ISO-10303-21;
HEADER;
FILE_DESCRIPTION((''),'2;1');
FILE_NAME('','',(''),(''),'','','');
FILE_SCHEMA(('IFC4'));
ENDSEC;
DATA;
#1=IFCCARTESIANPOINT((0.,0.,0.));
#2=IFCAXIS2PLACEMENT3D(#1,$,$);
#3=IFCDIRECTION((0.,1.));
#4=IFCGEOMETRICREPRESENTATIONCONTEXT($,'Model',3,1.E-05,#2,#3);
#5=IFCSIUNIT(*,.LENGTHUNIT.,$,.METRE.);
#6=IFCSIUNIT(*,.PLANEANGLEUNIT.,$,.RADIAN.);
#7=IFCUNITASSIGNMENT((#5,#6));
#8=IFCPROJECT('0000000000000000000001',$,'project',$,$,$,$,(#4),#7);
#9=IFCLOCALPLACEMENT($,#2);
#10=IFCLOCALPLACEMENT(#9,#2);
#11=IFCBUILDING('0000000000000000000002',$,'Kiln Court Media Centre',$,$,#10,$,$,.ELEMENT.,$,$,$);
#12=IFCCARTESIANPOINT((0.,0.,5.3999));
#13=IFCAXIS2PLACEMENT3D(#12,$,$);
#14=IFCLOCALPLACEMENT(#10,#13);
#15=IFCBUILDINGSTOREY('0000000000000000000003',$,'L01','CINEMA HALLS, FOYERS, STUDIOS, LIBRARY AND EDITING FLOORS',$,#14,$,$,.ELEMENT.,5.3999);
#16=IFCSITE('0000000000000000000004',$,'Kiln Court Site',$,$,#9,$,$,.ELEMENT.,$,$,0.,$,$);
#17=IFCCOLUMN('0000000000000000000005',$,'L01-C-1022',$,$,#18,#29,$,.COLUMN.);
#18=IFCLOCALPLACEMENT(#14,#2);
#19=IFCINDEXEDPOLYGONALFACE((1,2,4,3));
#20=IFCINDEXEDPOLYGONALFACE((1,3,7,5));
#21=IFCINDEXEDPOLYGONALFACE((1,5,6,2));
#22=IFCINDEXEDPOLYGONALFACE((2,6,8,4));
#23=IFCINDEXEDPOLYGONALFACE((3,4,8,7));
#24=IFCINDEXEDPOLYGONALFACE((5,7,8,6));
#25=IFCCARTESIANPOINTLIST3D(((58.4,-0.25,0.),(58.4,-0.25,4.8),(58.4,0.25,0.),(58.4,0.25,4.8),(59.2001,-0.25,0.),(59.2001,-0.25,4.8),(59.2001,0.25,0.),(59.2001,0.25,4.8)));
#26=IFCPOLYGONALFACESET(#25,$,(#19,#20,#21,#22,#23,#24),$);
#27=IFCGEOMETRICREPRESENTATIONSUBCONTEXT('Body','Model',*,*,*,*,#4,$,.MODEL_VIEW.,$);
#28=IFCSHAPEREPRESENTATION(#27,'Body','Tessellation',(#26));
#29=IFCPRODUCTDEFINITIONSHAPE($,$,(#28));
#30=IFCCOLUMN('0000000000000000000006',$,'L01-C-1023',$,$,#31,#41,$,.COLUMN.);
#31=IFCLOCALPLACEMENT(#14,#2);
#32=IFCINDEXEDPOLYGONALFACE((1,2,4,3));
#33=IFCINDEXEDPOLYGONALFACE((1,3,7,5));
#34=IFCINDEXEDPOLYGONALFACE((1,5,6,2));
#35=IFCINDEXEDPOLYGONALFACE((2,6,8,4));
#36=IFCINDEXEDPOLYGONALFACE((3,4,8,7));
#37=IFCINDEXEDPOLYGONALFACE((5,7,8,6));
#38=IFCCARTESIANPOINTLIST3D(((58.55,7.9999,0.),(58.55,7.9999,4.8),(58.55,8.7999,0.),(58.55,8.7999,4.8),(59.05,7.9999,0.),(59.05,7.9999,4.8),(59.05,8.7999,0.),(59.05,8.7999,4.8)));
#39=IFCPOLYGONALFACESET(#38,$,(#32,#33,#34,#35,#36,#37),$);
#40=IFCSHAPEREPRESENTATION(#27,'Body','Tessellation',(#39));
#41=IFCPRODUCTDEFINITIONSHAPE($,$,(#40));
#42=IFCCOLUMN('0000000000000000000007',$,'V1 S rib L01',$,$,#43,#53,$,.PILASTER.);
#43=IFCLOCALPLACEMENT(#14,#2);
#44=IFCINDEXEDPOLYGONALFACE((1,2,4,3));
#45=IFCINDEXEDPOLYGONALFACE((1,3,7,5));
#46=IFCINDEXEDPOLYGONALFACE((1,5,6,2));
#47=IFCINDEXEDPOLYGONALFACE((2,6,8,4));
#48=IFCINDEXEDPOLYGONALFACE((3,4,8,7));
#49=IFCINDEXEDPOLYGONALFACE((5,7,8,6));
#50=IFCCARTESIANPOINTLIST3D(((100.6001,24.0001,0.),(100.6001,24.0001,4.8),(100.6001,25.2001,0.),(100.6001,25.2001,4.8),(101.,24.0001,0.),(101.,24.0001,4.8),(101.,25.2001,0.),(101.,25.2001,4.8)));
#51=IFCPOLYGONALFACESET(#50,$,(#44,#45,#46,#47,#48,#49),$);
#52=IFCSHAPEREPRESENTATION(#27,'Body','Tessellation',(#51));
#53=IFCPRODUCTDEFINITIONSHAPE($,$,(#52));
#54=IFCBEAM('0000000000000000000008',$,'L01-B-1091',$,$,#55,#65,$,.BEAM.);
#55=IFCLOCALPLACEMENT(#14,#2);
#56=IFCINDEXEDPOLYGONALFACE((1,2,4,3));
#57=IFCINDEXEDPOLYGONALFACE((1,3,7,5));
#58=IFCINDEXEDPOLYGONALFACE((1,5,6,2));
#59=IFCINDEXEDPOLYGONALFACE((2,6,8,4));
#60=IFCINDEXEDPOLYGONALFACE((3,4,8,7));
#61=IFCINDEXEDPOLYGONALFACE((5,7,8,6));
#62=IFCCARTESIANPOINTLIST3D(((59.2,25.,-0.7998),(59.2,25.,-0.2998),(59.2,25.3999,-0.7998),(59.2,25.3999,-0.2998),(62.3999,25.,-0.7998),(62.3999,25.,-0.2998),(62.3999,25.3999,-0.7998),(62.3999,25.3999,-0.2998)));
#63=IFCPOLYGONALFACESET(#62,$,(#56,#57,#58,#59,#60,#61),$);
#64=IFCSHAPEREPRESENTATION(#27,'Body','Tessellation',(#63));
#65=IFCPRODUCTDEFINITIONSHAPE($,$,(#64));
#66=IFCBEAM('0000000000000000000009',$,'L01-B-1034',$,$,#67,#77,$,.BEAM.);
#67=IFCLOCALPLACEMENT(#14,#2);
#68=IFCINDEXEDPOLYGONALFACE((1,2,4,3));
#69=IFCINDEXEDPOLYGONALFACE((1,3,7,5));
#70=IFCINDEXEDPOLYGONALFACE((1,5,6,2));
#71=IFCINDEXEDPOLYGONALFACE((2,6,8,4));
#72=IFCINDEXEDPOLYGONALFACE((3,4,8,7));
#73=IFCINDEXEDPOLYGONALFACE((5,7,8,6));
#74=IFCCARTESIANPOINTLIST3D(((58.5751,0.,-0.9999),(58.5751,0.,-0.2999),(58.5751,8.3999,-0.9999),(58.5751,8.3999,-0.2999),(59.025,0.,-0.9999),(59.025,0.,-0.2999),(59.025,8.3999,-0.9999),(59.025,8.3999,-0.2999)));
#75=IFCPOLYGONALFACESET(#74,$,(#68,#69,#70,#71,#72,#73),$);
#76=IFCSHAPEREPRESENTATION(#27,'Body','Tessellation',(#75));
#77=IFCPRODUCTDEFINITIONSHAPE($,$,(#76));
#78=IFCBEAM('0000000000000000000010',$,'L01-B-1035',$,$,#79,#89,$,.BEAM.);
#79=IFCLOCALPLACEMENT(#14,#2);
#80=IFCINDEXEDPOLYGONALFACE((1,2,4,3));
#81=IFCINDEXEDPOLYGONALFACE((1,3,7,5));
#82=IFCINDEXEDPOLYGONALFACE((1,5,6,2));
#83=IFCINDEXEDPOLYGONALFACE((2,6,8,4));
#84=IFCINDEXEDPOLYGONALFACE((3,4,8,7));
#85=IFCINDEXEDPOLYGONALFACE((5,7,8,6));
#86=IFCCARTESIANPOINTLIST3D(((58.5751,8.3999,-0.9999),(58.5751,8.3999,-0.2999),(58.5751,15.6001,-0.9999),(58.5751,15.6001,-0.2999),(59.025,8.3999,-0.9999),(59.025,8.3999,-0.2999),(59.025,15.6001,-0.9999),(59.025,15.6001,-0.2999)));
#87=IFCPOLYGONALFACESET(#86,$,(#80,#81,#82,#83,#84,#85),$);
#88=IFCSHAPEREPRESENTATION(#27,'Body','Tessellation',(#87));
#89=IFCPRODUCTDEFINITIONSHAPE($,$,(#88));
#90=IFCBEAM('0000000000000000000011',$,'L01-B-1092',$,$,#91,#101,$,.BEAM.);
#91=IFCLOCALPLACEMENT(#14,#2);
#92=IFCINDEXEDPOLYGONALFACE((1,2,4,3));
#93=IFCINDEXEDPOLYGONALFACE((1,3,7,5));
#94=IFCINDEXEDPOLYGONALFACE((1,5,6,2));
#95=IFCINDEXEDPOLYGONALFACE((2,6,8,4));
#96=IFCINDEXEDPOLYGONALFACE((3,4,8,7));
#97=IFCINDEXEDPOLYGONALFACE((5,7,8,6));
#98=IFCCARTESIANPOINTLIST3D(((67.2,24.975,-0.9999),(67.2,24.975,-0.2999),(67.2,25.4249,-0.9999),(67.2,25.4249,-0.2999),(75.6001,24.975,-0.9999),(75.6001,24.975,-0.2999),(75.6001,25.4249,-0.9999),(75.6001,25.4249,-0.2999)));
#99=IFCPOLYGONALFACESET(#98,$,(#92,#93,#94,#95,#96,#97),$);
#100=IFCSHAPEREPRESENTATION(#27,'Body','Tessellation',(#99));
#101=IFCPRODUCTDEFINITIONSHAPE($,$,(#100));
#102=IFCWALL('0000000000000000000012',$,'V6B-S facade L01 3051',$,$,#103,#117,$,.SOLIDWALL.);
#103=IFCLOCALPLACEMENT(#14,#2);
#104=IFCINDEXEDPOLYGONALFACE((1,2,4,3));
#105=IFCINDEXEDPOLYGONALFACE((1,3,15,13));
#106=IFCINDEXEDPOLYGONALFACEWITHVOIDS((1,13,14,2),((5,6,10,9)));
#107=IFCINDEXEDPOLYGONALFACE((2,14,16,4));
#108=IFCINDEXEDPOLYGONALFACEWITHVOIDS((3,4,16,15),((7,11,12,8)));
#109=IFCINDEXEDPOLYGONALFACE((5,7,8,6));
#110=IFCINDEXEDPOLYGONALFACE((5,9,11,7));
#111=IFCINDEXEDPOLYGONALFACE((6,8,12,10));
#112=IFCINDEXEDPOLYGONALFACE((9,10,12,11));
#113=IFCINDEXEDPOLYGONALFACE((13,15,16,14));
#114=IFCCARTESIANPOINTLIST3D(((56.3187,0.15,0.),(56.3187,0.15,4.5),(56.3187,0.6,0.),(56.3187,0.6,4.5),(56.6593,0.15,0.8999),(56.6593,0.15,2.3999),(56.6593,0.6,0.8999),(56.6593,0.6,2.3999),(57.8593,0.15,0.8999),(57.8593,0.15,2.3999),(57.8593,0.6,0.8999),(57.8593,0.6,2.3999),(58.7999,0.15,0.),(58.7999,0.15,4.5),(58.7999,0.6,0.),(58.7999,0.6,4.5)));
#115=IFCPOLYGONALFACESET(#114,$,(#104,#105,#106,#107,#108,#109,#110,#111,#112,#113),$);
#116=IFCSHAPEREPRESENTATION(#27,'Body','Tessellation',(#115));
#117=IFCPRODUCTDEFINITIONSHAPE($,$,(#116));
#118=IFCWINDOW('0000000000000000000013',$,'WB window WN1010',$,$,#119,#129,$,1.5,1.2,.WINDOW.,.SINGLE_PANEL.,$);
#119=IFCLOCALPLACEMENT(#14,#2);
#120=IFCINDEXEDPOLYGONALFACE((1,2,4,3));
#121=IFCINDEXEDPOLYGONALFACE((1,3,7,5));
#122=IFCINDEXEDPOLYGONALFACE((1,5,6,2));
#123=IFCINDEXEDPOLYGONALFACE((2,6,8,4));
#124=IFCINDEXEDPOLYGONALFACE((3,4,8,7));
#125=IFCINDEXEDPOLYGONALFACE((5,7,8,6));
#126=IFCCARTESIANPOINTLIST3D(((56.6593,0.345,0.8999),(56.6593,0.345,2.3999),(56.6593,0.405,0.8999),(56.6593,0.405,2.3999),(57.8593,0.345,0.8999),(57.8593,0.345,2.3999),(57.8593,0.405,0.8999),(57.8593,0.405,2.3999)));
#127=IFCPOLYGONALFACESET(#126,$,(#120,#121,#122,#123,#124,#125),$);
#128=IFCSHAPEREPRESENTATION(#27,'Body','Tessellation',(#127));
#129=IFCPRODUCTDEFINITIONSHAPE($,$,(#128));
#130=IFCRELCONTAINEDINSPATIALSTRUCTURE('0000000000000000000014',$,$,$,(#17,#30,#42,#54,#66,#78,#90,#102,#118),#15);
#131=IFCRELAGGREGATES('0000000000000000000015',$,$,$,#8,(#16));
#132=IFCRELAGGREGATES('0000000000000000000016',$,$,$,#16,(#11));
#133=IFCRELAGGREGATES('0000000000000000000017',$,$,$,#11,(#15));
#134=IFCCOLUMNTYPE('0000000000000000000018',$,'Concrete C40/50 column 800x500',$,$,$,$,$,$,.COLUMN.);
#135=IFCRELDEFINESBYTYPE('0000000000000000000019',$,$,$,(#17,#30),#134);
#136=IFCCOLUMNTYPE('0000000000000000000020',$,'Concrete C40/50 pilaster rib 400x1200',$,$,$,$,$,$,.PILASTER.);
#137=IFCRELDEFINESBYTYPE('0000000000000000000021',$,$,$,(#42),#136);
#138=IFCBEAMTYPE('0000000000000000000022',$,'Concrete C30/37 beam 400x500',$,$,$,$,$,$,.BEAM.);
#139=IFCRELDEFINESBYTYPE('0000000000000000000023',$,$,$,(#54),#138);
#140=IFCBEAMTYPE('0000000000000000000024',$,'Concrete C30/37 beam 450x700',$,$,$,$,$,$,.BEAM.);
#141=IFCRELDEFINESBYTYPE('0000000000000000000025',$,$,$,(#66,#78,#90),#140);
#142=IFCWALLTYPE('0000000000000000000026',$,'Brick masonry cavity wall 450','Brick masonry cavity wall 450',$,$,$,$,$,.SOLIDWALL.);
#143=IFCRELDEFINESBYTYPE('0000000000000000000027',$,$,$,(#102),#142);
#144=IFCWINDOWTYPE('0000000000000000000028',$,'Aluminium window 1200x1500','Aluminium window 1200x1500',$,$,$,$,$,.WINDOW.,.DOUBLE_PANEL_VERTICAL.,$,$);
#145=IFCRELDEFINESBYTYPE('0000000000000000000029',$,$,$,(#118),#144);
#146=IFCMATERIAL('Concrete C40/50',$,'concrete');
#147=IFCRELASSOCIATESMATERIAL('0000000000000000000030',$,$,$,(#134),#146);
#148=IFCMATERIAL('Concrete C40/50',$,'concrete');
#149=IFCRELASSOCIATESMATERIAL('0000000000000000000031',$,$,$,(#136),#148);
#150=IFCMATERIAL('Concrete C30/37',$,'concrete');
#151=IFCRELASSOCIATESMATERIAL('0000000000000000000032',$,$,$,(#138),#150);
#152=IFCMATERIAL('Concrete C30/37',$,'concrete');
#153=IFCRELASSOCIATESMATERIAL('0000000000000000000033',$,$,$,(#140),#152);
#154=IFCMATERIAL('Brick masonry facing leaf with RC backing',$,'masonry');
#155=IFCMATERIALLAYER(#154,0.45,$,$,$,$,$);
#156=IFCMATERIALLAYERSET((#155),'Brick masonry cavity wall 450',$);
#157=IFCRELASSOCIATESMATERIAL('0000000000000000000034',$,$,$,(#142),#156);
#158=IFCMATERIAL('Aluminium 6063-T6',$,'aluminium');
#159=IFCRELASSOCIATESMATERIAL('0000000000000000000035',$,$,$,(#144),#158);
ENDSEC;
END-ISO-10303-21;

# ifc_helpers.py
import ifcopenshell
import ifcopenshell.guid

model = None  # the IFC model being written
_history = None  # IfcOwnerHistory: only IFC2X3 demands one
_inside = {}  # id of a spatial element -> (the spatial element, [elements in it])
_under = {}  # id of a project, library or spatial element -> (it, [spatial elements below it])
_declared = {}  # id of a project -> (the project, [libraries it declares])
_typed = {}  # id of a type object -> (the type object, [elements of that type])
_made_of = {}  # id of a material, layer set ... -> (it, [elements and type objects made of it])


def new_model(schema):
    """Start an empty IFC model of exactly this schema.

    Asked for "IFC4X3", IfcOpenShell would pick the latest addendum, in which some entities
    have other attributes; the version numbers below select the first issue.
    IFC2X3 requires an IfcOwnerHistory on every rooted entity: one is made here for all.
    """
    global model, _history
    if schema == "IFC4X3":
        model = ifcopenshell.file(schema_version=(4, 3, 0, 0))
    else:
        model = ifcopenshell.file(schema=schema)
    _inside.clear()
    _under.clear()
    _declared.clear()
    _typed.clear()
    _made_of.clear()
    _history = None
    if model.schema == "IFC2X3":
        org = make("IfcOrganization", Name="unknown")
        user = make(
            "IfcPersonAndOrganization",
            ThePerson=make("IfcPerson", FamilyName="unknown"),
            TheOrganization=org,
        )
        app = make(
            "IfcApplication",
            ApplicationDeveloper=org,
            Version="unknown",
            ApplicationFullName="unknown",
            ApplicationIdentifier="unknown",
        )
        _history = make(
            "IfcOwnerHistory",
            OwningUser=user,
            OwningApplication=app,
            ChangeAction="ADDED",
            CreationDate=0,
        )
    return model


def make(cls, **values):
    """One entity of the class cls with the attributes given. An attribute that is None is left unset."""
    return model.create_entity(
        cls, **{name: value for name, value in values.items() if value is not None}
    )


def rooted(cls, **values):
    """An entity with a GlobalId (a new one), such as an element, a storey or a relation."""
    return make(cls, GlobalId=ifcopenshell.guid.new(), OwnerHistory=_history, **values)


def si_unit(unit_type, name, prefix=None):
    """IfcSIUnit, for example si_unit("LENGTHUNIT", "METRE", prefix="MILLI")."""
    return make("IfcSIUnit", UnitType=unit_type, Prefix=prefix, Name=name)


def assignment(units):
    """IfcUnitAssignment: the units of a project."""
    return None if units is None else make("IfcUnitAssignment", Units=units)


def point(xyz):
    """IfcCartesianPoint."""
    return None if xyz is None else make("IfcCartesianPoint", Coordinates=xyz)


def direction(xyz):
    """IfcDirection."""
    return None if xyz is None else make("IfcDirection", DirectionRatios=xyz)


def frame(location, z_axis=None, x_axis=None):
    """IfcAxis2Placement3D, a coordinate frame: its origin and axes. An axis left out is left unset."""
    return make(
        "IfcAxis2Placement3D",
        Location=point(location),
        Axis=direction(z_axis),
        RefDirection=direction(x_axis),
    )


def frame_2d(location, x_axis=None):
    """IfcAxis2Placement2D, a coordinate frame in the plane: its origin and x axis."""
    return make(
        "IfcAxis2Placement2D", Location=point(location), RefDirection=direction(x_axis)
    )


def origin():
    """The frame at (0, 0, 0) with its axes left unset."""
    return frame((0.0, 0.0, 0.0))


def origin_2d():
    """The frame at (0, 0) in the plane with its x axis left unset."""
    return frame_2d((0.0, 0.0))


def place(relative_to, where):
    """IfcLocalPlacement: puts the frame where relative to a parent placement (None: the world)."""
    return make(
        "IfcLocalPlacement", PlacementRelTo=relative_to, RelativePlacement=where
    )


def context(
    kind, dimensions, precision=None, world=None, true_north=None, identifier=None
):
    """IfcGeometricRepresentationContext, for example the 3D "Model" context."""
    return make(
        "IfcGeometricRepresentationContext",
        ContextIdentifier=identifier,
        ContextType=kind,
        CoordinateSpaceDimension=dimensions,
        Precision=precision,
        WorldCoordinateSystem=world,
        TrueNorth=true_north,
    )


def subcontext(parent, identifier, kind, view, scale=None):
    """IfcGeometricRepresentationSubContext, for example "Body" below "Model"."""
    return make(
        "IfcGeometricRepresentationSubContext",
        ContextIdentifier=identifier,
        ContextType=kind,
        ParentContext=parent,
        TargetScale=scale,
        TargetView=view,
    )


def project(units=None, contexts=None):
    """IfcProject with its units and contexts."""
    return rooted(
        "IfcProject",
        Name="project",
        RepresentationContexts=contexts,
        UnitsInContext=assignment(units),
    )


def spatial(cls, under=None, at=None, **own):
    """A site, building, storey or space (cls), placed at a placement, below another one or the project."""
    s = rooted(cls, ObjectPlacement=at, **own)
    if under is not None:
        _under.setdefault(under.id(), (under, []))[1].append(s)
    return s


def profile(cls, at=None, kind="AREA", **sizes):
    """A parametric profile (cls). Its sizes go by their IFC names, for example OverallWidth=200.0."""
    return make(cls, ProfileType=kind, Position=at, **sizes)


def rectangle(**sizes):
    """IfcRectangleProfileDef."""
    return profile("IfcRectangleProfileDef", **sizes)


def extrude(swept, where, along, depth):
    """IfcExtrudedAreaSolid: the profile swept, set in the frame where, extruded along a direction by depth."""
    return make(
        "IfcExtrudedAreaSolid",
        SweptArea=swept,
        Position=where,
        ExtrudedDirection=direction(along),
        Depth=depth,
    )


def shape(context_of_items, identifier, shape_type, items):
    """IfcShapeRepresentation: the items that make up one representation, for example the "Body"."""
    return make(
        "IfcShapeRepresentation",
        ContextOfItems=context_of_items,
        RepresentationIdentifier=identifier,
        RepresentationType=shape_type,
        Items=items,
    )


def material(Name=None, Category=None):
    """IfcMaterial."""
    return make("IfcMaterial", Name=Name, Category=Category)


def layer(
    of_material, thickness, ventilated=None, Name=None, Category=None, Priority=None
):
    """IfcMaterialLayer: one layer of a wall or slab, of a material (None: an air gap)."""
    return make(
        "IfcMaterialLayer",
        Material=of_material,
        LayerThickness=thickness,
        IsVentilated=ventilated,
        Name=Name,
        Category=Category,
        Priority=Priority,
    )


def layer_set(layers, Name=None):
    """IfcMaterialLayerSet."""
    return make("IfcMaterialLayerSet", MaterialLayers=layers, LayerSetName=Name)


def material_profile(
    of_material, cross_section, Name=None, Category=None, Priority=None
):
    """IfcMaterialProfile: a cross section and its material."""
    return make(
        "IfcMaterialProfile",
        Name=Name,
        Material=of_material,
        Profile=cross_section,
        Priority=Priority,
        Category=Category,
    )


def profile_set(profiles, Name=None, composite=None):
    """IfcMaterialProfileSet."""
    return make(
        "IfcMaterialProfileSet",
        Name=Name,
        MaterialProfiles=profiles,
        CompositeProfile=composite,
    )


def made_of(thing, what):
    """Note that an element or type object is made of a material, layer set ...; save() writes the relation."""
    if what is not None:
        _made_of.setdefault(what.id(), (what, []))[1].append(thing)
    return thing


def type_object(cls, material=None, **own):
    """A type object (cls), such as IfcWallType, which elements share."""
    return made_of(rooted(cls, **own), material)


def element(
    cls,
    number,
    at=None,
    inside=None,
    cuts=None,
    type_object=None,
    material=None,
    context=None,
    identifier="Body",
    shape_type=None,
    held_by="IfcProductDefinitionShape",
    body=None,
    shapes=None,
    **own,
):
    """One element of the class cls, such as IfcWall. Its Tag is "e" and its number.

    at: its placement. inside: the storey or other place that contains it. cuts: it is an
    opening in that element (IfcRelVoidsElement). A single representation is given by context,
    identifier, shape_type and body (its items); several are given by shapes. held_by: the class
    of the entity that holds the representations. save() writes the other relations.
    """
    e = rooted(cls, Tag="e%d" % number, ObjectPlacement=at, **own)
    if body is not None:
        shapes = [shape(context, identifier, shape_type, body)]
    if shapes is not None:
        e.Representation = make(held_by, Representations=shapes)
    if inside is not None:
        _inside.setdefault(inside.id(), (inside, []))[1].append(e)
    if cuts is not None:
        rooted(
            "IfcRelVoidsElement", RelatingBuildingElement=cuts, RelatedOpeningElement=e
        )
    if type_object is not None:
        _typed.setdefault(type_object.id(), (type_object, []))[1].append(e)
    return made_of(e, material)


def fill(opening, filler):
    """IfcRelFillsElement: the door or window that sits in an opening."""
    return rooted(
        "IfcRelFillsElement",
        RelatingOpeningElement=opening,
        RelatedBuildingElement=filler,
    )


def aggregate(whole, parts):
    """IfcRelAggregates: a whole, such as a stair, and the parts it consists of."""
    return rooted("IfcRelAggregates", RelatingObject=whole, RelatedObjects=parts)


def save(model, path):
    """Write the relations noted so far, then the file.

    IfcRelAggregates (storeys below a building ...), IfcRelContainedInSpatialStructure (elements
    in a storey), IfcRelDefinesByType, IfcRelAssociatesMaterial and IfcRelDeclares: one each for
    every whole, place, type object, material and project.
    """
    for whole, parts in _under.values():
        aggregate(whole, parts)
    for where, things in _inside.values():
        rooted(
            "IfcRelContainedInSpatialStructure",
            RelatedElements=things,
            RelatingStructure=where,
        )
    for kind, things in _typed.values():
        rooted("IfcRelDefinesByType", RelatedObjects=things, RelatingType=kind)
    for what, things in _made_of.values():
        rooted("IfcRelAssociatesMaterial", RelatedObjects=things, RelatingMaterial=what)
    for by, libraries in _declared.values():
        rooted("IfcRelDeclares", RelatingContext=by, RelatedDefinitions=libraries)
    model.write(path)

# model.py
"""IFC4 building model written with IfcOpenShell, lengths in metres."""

from ifc_helpers import new_model, si_unit, direction, frame, frame_2d, origin, origin_2d, place, context, subcontext, project, spatial, rectangle, extrude, material, layer, layer_set, material_profile, profile_set, type_object, element, fill, save


model = new_model("IFC4")

# Units and contexts
model_context = context("Model", 3, precision=1e-05, world=origin(), true_north=direction((0.0, 1.0)))
body_context = subcontext(model_context, "Body", "Model", "MODEL_VIEW")
ifc_project = project(units=[si_unit("LENGTHUNIT", "METRE"), si_unit("PLANEANGLEUNIT", "RADIAN")], contexts=[model_context])

# Site, building, storey
site_placement = place(None, origin())
site = spatial("IfcSite", under=ifc_project, at=site_placement, Name="Kiln Court Site", CompositionType="ELEMENT", RefElevation=0.0)
building_placement = place(site_placement, origin())
building = spatial("IfcBuilding", under=site, at=building_placement, Name="Kiln Court Media Centre", CompositionType="ELEMENT")
storey_placement = place(building_placement, frame((0.0, 0.0, 5.3999)))
storey = spatial("IfcBuildingStorey", under=building, at=storey_placement, Name="L01", Description="CINEMA HALLS, FOYERS, STUDIOS, LIBRARY AND EDITING FLOORS", CompositionType="ELEMENT", Elevation=5.3999)

# Columns
ifc_material_1 = material(Name="Concrete C40/50", Category="concrete")
ifc_material_profile_1 = material_profile(ifc_material_1, rectangle(XDim=0.8, YDim=0.5, at=origin_2d()), Name="RC 800x500")
ifc_profile_set_1 = profile_set([ifc_material_profile_1], Name="Concrete C40/50")
column_type_1 = type_object("IfcColumnType", Name="Concrete C40/50 column 800x500", PredefinedType="COLUMN", material=ifc_profile_set_1)
for number, where, z_axis, x_axis, name in (
    (1, (58.8, 0.0, 0.0), (0.0, 0.0, 1.0), (1.0, 0.0, 0.0), "L01-C-1022"),
    (2, (58.8, 8.3999, 0.0), (0.0, 0.0, 1.0), (0.0, 1.0, 0.0), "L01-C-1023"),
):
    element("IfcColumn", number, at=place(storey_placement, frame(where, z_axis=z_axis, x_axis=x_axis)), inside=storey, type_object=column_type_1, Name=name, PredefinedType="COLUMN", context=body_context, shape_type="SweptSolid", body=[
        extrude(rectangle(XDim=0.8, YDim=0.5, at=origin_2d()), origin(), (0.0, 0.0, 1.0), 4.8),
    ])
ifc_material_2 = material(Name="Concrete C40/50", Category="concrete")
ifc_material_profile_2 = material_profile(ifc_material_2, rectangle(XDim=0.3999, YDim=1.2, at=origin_2d()), Name="RC 400x1200")
ifc_profile_set_2 = profile_set([ifc_material_profile_2], Name="Concrete C40/50")
column_type_2 = type_object("IfcColumnType", Name="Concrete C40/50 pilaster rib 400x1200", PredefinedType="PILASTER", material=ifc_profile_set_2)
column_placement = place(storey_placement, frame((100.8, 24.6001, 0.0), z_axis=(0.0, 0.0, 1.0), x_axis=(1.0, 0.0, 0.0)))
element("IfcColumn", 3, at=column_placement, inside=storey, type_object=column_type_2, Name="V1 S rib L01", PredefinedType="PILASTER", context=body_context, shape_type="SweptSolid", body=[
    extrude(rectangle(XDim=0.3999, YDim=1.2, at=origin_2d()), origin(), (0.0, 0.0, 1.0), 4.8),
])

# Beams
ifc_material_3 = material(Name="Concrete C30/37", Category="concrete")
ifc_material_profile_3 = material_profile(ifc_material_3, rectangle(XDim=0.3999, YDim=0.5, at=origin_2d()), Name="RC 400x500")
ifc_profile_set_3 = profile_set([ifc_material_profile_3], Name="Concrete C30/37")
beam_type_1 = type_object("IfcBeamType", Name="Concrete C30/37 beam 400x500", PredefinedType="BEAM", material=ifc_profile_set_3)
beam_1_placement = place(storey_placement, frame((59.2, 25.2, -0.5498), z_axis=(1.0, 0.0, 0.0), x_axis=(0.0, 1.0, 0.0)))
element("IfcBeam", 4, at=beam_1_placement, inside=storey, type_object=beam_type_1, Name="L01-B-1091", PredefinedType="BEAM", context=body_context, shape_type="SweptSolid", body=[
    extrude(rectangle(XDim=0.3999, YDim=0.5, at=origin_2d()), origin(), (0.0, 0.0, 1.0), 3.2),
])
ifc_material_4 = material(Name="Concrete C30/37", Category="concrete")
ifc_material_profile_4 = material_profile(ifc_material_4, rectangle(XDim=0.45, YDim=0.7, at=origin_2d()), Name="RC 450x700")
ifc_profile_set_4 = profile_set([ifc_material_profile_4], Name="Concrete C30/37")
beam_type_2 = type_object("IfcBeamType", Name="Concrete C30/37 beam 450x700", PredefinedType="BEAM", material=ifc_profile_set_4)
beam_2_placement = place(storey_placement, frame((58.8, 0.0, -0.6499), z_axis=(0.0, 1.0, 0.0), x_axis=(-1.0, 0.0, 0.0)))
element("IfcBeam", 5, at=beam_2_placement, inside=storey, type_object=beam_type_2, Name="L01-B-1034", PredefinedType="BEAM", context=body_context, shape_type="SweptSolid", body=[
    extrude(rectangle(XDim=0.45, YDim=0.7, at=origin_2d()), origin(), (0.0, 0.0, 1.0), 8.3999),
])
beam_3_placement = place(storey_placement, frame((58.8, 8.3999, -0.6499), z_axis=(0.0, 1.0, 0.0), x_axis=(-1.0, 0.0, 0.0)))
element("IfcBeam", 6, at=beam_3_placement, inside=storey, type_object=beam_type_2, Name="L01-B-1035", PredefinedType="BEAM", context=body_context, shape_type="SweptSolid", body=[
    extrude(rectangle(XDim=0.45, YDim=0.7, at=origin_2d()), origin(), (0.0, 0.0, 1.0), 7.2002),
])
beam_4_placement = place(storey_placement, frame((67.2, 25.2, -0.6499), z_axis=(1.0, 0.0, 0.0), x_axis=(0.0, 1.0, 0.0)))
element("IfcBeam", 7, at=beam_4_placement, inside=storey, type_object=beam_type_2, Name="L01-B-1092", PredefinedType="BEAM", context=body_context, shape_type="SweptSolid", body=[
    extrude(rectangle(XDim=0.45, YDim=0.7, at=origin_2d()), origin(), (0.0, 0.0, 1.0), 8.4001),
])

# Wall, opening, window
ifc_material_5 = material(Name="Brick masonry facing leaf with RC backing", Category="masonry")
ifc_layer_1 = layer(ifc_material_5, 0.45)
ifc_layer_set_1 = layer_set([ifc_layer_1], Name="Brick masonry cavity wall 450")
wall_type_1 = type_object("IfcWallType", Name="Brick masonry cavity wall 450", Description="Brick masonry cavity wall 450", PredefinedType="SOLIDWALL", material=ifc_layer_set_1)
wall_1_placement = place(storey_placement, frame((58.8, 0.375, 0.0), z_axis=(0.0, 0.0, 1.0), x_axis=(-1.0, 0.0, 0.0)))
wall_1 = element("IfcWall", 8, at=wall_1_placement, inside=storey, type_object=wall_type_1, Name="V6B-S facade L01 3051", PredefinedType="SOLIDWALL", context=body_context, shape_type="SweptSolid", body=[
    extrude(rectangle(XDim=2.4812, YDim=0.45, at=frame_2d((1.2407, 0.0))), origin(), (0.0, 0.0, 1.0), 4.5),
])
opening_1_placement = place(wall_1_placement, frame((0.9407, 0.0, 0.8999)))
opening_1 = element("IfcOpeningElement", 9, at=opening_1_placement, cuts=wall_1, PredefinedType="OPENING", context=body_context, shape_type="SweptSolid", body=[
    extrude(rectangle(XDim=1.2, YDim=1.5, at=frame_2d((0.6001, 0.75))), frame((0.0, 0.2349, 0.0), z_axis=(0.0, -1.0, 0.0), x_axis=(1.0, 0.0, 0.0)), (0.0, 0.0, 1.0), 0.47),
])
ifc_material_6 = material(Name="Aluminium 6063-T6", Category="aluminium")
window_type = type_object("IfcWindowType", Name="Aluminium window 1200x1500", Description="Aluminium window 1200x1500", PartitioningType="DOUBLE_PANEL_VERTICAL", PredefinedType="WINDOW", material=ifc_material_6)
window_placement = place(opening_1_placement, origin())
window = element("IfcWindow", 10, at=window_placement, inside=storey, type_object=window_type, Name="WB window WN1010", OverallHeight=1.5, OverallWidth=1.2, PartitioningType="SINGLE_PANEL", PredefinedType="WINDOW", context=body_context, shape_type="SweptSolid", body=[
    extrude(rectangle(XDim=1.2, YDim=1.5, at=frame_2d((0.6001, 0.75))), frame((0.0, 0.03, 0.0), z_axis=(0.0, -1.0, 0.0), x_axis=(1.0, 0.0, 0.0)), (0.0, 0.0, 1.0), 0.0601),
])
fill(opening_1, window)

save(model, "model.ifc")
